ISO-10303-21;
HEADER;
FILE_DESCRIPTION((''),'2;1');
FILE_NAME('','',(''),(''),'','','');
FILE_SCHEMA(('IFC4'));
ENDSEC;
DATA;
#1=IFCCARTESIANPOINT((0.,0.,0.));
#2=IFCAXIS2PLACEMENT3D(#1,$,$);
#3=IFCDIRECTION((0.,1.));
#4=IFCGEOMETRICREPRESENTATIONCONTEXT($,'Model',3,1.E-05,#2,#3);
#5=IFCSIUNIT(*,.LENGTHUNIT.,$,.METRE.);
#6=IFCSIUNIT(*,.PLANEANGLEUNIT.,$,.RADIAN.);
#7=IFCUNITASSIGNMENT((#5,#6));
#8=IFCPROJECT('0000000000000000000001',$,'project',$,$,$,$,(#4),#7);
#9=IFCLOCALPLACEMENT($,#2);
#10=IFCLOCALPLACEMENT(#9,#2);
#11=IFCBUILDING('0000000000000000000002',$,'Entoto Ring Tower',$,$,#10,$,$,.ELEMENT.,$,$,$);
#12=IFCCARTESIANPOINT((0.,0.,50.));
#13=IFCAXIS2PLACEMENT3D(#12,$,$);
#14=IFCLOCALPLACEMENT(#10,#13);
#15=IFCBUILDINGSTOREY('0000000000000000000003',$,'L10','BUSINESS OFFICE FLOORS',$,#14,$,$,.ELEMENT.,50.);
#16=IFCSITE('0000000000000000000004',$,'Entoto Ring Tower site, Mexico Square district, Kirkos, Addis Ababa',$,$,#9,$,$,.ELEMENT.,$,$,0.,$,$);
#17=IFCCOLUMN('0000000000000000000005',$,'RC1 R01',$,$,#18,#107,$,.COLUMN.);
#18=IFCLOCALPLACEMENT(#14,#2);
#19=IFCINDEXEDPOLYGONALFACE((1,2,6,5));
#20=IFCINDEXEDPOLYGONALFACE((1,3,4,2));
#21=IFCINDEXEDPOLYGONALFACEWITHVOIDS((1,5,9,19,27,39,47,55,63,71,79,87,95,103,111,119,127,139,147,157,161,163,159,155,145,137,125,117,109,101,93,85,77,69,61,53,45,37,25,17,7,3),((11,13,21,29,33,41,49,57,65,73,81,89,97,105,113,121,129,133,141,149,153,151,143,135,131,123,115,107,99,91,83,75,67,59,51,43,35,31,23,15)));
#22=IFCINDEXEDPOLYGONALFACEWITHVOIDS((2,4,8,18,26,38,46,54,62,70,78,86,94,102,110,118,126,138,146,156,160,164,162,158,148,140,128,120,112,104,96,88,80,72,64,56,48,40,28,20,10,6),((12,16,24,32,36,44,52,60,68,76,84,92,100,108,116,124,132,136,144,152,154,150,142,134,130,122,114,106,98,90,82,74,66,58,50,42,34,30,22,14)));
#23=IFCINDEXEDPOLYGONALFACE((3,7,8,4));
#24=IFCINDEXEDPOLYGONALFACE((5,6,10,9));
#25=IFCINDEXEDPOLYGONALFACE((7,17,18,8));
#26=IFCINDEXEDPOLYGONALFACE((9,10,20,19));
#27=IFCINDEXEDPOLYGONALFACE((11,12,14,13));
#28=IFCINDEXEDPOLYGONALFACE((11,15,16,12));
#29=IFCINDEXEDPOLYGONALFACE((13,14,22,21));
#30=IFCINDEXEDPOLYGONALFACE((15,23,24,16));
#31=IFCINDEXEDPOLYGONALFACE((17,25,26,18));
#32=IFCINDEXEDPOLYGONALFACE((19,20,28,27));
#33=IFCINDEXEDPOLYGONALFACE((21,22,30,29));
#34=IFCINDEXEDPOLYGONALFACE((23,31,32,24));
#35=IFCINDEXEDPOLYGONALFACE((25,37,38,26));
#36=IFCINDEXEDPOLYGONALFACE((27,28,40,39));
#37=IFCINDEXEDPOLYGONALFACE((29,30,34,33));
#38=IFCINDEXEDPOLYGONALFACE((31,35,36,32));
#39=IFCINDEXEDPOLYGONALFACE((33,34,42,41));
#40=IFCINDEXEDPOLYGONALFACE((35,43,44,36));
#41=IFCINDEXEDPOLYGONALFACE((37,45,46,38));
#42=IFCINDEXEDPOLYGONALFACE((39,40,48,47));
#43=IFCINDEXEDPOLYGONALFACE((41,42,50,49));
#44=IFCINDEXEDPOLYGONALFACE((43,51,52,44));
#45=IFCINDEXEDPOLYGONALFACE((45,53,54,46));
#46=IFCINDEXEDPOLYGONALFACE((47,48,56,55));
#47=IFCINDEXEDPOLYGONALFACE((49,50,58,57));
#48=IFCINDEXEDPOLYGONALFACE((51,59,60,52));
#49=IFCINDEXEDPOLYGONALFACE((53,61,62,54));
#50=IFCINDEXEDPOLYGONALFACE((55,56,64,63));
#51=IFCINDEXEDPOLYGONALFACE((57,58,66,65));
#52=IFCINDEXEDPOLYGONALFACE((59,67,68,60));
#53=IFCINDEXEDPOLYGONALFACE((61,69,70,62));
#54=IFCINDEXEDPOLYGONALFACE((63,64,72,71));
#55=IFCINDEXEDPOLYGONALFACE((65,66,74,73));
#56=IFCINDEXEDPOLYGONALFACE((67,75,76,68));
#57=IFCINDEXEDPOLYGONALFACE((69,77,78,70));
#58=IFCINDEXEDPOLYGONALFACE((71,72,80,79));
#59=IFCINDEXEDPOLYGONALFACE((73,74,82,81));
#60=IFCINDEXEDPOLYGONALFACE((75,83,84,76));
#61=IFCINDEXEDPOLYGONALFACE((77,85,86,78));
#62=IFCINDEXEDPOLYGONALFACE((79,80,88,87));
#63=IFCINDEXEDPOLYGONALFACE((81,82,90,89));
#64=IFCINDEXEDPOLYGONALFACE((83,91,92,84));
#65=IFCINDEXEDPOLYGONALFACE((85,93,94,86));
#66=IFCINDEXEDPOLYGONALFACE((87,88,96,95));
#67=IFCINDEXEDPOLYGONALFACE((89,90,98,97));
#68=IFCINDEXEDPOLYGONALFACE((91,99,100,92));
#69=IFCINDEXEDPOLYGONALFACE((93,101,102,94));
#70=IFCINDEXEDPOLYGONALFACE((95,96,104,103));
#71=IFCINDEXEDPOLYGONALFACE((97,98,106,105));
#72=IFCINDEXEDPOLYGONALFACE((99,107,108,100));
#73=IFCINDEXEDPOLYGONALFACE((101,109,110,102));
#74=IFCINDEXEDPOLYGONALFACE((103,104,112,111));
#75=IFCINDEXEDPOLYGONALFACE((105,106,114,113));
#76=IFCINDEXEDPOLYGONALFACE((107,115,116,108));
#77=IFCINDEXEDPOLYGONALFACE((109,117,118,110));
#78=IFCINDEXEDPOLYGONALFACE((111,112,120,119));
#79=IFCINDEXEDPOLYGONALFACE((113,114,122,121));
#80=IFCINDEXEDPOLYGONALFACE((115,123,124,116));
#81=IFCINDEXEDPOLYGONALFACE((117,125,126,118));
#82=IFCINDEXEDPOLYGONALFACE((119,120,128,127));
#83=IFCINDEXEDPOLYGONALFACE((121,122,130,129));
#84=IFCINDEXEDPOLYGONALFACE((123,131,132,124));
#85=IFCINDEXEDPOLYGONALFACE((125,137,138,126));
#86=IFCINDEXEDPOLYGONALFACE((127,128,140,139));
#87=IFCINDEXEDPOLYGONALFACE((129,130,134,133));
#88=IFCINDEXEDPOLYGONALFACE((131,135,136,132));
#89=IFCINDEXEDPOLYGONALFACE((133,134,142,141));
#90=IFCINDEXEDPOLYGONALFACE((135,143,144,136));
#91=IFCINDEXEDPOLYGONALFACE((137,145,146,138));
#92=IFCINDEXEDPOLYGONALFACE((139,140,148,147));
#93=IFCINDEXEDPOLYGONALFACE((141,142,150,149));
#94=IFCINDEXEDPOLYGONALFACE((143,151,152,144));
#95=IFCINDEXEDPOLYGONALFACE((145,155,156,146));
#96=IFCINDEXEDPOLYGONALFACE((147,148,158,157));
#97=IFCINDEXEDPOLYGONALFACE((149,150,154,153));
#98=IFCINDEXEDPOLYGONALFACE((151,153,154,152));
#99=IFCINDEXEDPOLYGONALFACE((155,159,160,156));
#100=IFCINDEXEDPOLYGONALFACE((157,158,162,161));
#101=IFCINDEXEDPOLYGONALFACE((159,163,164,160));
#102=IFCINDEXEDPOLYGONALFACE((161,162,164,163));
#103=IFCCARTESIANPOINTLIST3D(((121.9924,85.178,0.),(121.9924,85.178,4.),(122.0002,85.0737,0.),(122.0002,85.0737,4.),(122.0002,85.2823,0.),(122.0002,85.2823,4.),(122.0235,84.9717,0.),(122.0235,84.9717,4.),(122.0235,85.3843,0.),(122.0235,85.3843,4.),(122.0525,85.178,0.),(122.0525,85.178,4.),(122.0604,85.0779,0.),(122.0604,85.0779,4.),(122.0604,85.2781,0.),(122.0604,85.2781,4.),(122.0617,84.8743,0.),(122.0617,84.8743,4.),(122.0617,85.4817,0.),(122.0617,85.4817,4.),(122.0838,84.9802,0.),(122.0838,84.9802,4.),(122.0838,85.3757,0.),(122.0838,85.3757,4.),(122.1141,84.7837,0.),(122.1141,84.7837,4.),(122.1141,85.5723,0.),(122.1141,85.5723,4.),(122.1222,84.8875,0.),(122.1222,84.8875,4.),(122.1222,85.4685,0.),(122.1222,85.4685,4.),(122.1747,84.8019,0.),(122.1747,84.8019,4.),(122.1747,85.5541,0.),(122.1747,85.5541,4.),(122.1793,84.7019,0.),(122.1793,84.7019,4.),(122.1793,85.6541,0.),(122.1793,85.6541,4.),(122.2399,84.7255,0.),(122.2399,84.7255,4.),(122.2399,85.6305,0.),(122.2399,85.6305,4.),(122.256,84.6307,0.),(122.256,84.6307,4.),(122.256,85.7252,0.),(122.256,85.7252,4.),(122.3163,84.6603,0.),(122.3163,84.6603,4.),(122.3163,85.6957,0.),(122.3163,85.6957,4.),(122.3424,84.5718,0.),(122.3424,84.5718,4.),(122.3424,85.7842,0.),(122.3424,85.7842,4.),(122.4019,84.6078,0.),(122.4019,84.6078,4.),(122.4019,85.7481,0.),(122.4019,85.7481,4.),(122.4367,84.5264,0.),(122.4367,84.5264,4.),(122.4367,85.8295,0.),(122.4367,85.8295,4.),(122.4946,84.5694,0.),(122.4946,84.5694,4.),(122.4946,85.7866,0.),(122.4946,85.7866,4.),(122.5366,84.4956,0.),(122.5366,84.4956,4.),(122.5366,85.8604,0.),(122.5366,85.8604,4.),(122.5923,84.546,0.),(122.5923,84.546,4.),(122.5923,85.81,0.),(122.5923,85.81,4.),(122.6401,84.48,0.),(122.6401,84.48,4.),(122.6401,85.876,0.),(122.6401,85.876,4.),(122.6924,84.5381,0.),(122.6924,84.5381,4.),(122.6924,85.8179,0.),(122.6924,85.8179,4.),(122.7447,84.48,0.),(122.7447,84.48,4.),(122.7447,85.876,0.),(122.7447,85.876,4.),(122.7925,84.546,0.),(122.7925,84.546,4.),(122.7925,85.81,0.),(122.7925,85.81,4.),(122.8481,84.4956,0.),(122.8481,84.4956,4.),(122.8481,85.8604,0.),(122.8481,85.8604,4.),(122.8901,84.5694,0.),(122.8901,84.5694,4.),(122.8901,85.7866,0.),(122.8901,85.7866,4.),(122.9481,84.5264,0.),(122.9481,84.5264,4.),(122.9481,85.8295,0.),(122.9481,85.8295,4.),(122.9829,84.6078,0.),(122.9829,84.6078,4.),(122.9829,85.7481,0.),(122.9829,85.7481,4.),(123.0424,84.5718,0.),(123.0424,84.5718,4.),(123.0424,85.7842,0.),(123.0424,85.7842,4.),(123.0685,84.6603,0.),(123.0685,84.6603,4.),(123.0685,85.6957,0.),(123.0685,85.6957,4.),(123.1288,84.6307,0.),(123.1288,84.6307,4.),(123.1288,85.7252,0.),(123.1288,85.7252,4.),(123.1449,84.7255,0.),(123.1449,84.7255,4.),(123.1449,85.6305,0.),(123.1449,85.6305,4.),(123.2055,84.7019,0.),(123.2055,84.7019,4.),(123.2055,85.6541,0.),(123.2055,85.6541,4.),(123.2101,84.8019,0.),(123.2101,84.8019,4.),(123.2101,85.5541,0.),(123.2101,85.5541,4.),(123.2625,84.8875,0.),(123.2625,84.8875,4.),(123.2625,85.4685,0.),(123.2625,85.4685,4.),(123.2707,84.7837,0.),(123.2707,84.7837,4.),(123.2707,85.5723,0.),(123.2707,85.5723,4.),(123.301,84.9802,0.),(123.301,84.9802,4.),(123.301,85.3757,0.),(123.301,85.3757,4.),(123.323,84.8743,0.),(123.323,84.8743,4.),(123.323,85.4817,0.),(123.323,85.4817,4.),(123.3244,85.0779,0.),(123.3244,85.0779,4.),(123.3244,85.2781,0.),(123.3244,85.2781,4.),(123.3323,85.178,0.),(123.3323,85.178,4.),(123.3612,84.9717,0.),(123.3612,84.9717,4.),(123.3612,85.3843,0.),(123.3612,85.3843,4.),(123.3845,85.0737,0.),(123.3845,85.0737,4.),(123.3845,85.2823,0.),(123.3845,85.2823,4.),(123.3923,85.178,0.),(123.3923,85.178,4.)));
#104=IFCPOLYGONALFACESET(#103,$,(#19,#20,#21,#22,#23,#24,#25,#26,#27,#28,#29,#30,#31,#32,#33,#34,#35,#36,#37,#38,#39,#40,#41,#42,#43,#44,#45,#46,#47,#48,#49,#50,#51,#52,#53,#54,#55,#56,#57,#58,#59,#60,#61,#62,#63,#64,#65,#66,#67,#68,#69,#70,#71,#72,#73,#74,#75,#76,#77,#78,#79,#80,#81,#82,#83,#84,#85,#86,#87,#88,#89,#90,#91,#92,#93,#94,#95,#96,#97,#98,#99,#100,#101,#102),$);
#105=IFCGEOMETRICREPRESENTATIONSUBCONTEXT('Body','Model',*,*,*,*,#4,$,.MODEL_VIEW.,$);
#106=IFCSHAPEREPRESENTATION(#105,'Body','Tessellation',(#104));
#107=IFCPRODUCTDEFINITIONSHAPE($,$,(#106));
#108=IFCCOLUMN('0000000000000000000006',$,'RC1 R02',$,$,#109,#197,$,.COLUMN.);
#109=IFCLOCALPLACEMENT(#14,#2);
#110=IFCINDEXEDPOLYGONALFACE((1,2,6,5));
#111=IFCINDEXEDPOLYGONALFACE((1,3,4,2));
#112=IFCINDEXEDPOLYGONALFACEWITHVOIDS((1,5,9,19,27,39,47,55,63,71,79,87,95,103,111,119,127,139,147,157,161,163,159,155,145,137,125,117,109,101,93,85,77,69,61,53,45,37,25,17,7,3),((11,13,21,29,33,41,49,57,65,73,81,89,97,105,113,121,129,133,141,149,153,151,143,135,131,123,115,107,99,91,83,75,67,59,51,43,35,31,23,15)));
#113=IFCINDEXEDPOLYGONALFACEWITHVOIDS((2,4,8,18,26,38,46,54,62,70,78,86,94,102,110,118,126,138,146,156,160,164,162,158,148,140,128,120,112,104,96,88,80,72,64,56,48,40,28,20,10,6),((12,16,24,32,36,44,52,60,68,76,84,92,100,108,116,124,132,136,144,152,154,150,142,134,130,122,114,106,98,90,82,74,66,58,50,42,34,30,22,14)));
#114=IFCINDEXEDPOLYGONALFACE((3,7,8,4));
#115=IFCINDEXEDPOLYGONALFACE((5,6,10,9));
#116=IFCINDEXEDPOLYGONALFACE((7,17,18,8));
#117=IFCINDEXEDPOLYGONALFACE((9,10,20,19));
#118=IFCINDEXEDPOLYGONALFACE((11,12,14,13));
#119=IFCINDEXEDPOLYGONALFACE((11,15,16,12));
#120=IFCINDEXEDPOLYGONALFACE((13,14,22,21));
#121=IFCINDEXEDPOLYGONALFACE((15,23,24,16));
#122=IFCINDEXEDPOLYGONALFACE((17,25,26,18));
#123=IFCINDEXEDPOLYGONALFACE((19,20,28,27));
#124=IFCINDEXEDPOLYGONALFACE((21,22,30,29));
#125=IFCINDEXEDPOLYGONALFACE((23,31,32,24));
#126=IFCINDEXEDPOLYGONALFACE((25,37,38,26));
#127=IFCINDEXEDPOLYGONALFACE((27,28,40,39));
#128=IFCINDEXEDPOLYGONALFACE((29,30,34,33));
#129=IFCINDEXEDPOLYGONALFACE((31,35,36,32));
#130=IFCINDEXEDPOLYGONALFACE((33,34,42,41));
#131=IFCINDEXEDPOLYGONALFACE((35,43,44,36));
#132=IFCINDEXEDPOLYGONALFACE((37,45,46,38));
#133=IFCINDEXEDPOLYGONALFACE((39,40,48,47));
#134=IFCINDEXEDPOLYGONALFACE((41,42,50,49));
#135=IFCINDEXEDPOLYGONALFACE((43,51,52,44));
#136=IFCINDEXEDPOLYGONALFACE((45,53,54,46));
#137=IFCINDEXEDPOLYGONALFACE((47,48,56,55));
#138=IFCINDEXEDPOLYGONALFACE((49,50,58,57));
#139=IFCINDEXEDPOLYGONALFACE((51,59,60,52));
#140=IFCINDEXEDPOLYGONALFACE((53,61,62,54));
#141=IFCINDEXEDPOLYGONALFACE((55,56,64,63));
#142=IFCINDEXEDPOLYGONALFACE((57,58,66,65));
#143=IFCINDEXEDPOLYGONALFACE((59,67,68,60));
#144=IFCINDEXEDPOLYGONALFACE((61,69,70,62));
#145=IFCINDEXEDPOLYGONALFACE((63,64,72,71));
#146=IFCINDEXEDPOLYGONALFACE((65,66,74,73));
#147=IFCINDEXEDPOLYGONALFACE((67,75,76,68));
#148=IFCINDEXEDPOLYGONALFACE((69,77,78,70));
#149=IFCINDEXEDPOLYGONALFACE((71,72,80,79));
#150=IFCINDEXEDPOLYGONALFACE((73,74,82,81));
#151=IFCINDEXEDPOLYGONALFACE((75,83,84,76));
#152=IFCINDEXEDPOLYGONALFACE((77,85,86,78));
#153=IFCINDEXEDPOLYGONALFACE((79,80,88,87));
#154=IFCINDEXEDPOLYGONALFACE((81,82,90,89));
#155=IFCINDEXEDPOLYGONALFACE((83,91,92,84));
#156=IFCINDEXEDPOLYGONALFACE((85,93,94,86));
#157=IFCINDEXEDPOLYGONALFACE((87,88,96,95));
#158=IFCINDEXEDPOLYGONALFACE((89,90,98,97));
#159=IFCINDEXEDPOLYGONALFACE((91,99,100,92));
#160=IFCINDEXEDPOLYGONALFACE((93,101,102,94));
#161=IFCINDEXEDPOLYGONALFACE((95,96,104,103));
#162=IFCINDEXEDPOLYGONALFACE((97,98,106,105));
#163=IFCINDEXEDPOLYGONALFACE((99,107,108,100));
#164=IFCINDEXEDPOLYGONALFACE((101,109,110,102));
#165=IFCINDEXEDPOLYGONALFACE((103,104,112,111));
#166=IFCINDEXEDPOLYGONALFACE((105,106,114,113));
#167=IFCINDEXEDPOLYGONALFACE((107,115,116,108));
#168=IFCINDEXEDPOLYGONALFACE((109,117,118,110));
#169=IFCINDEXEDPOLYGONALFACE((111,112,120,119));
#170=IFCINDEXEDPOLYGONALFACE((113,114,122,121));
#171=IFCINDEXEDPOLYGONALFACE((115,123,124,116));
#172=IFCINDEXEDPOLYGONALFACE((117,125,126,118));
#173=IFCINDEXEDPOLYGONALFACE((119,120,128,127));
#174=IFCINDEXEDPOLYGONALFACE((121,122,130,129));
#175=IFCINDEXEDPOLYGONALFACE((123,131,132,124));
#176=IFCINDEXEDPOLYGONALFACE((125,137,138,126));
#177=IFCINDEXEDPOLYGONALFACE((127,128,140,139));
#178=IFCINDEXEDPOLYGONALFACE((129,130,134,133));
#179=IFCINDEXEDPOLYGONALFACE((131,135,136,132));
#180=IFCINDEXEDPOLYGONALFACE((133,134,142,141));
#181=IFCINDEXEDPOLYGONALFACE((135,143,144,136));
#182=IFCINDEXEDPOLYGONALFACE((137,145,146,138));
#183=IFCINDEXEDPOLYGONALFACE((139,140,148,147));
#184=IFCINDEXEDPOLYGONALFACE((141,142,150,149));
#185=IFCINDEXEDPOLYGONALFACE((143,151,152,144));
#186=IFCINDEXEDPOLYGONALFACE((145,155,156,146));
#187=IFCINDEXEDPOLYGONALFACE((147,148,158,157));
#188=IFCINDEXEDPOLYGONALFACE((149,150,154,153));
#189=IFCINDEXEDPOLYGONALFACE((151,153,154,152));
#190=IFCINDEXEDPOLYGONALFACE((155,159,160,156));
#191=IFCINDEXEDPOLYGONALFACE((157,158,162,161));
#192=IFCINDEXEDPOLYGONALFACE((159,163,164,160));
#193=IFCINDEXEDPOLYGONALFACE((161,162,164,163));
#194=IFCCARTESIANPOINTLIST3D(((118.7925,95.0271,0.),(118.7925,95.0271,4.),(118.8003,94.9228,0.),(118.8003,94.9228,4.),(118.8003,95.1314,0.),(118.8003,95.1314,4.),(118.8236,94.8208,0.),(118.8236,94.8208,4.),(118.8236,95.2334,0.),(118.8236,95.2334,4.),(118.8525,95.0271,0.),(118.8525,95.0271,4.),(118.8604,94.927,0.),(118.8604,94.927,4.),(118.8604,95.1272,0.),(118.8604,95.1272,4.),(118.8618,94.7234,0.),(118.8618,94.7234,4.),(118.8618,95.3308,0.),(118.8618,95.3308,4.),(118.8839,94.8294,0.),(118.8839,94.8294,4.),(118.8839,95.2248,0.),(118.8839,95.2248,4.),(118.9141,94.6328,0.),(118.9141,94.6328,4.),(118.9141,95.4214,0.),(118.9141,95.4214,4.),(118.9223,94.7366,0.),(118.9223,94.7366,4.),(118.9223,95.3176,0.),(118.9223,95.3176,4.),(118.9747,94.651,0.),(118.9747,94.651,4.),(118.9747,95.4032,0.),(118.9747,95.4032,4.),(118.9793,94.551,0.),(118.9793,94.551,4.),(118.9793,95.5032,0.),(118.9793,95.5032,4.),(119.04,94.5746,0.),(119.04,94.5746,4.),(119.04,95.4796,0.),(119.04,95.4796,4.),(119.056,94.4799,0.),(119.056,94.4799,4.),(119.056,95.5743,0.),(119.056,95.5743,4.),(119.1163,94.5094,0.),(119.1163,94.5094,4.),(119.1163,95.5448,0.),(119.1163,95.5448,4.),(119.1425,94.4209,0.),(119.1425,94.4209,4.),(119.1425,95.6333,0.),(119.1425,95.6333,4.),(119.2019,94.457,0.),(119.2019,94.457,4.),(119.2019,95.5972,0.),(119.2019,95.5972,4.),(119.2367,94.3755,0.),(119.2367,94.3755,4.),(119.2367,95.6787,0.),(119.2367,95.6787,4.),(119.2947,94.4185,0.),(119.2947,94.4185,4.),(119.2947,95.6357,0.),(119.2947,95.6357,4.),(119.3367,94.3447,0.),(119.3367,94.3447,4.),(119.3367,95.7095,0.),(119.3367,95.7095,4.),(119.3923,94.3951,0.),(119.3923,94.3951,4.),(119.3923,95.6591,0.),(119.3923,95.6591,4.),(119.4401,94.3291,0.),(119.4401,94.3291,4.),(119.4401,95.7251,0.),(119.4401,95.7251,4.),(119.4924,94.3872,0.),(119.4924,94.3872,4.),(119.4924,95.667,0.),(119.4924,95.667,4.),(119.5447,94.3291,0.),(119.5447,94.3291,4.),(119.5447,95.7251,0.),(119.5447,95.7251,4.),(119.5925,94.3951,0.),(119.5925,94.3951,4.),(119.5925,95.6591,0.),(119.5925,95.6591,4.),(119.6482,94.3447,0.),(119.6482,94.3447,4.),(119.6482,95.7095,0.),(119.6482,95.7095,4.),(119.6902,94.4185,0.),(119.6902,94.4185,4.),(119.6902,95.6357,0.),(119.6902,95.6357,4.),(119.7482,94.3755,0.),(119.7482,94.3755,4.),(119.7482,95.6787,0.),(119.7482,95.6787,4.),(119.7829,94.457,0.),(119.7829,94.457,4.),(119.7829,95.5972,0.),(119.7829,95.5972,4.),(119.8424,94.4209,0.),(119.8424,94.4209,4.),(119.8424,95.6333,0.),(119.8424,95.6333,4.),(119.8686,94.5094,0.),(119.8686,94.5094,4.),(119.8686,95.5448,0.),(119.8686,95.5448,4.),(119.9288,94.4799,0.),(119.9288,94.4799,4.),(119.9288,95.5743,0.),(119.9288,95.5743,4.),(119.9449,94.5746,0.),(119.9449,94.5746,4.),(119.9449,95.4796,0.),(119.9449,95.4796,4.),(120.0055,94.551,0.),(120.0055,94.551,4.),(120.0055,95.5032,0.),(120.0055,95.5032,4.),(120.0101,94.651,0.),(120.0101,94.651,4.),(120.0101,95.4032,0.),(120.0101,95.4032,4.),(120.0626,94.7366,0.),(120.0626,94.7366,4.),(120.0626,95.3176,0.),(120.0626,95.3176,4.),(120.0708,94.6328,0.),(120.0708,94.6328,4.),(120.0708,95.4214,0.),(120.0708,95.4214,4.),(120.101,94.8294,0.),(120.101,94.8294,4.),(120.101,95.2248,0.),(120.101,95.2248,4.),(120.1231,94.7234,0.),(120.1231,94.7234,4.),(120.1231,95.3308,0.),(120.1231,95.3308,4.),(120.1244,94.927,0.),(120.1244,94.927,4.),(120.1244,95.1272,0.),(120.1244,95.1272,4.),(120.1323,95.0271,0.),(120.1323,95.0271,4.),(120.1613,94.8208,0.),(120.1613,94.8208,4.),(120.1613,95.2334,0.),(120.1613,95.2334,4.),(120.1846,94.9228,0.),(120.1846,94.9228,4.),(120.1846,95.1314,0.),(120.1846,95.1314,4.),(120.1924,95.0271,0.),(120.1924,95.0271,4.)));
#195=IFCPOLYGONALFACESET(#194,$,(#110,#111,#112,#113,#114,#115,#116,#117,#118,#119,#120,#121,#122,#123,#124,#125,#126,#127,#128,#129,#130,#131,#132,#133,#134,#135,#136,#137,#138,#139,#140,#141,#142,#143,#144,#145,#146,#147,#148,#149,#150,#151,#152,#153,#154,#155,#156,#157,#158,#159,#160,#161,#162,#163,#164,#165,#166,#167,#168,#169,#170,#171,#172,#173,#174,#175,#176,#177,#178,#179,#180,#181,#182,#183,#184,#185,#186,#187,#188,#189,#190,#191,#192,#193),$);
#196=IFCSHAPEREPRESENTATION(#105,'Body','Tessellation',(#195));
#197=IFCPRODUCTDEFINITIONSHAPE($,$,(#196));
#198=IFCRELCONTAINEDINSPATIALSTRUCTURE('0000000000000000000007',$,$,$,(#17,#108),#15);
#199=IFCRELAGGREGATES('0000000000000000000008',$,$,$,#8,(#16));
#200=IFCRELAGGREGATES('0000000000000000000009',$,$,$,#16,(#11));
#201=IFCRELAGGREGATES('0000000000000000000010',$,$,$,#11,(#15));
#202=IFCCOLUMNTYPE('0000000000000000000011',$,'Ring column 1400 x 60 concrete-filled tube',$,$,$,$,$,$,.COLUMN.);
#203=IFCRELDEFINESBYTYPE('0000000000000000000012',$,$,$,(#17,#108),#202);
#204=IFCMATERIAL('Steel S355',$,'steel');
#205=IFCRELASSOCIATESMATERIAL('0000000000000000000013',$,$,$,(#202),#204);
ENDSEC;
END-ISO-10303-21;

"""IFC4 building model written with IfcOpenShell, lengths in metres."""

from ifc_helpers import new_model, si_unit, direction, frame, origin, origin_2d, place, context, subcontext, project, spatial, circle, hollow_circle, extrude, material, material_profile, profile_set, type_object, element, save


model = new_model("IFC4")

# Units and contexts
model_context = context("Model", 3, precision=1e-05, world=origin(), true_north=direction((0.0, 1.0)))
body_context = subcontext(model_context, "Body", "Model", "MODEL_VIEW")
ifc_project = project(units=[si_unit("LENGTHUNIT", "METRE"), si_unit("PLANEANGLEUNIT", "RADIAN")], contexts=[model_context])

# Site, building, storey
site_placement = place(None, origin())
site = spatial("IfcSite", under=ifc_project, at=site_placement, Name="Entoto Ring Tower site, Mexico Square district, Kirkos, Addis Ababa", CompositionType="ELEMENT", RefElevation=0.0)
building_placement = place(site_placement, origin())
building = spatial("IfcBuilding", under=site, at=building_placement, Name="Entoto Ring Tower", CompositionType="ELEMENT")
storey_placement = place(building_placement, frame((0.0, 0.0, 50.0)))
storey = spatial("IfcBuildingStorey", under=building, at=storey_placement, Name="L10", Description="BUSINESS OFFICE FLOORS", CompositionType="ELEMENT", Elevation=50.0)

# Columns
ifc_material_1 = material(Name="Steel S355", Category="steel")
ifc_material_profile_1 = material_profile(ifc_material_1, hollow_circle(Radius=0.7, WallThickness=0.0601, at=origin_2d()), Name="CHS 1400 x 60")
ifc_material_2 = material(Name="Concrete C60/75", Category="concrete")
ifc_material_profile_2 = material_profile(ifc_material_2, circle(Radius=0.6399, at=origin_2d()), Name="Concrete C60/75 infill")
ifc_profile_set_1 = profile_set([ifc_material_profile_1, ifc_material_profile_2], Name="Steel S355")
column_type = type_object("IfcColumnType", Name="Ring column 1400 x 60 concrete-filled tube", PredefinedType="COLUMN", material=ifc_profile_set_1)
for number, where, z_axis, x_axis, name in (
    (1, (122.6924, 85.178, 0.0), (0.0, 0.0, 1.0), (1.0, 0.0, 0.0), "RC1 R01"),
    (2, (119.4924, 95.0271, 0.0), (0.0, 0.0, 1.0), (1.0, 0.0, 0.0), "RC1 R02"),
):
    element("IfcColumn", number, at=place(storey_placement, frame(where, z_axis=z_axis, x_axis=x_axis)), inside=storey, type_object=column_type, Name=name, PredefinedType="COLUMN", context=body_context, shape_type="SweptSolid", body=[
        extrude(hollow_circle(Radius=0.7, WallThickness=0.0601, at=origin_2d()), origin(), (0.0, 0.0, 1.0), 4.0),
    ])

save(model, "model.ifc")
